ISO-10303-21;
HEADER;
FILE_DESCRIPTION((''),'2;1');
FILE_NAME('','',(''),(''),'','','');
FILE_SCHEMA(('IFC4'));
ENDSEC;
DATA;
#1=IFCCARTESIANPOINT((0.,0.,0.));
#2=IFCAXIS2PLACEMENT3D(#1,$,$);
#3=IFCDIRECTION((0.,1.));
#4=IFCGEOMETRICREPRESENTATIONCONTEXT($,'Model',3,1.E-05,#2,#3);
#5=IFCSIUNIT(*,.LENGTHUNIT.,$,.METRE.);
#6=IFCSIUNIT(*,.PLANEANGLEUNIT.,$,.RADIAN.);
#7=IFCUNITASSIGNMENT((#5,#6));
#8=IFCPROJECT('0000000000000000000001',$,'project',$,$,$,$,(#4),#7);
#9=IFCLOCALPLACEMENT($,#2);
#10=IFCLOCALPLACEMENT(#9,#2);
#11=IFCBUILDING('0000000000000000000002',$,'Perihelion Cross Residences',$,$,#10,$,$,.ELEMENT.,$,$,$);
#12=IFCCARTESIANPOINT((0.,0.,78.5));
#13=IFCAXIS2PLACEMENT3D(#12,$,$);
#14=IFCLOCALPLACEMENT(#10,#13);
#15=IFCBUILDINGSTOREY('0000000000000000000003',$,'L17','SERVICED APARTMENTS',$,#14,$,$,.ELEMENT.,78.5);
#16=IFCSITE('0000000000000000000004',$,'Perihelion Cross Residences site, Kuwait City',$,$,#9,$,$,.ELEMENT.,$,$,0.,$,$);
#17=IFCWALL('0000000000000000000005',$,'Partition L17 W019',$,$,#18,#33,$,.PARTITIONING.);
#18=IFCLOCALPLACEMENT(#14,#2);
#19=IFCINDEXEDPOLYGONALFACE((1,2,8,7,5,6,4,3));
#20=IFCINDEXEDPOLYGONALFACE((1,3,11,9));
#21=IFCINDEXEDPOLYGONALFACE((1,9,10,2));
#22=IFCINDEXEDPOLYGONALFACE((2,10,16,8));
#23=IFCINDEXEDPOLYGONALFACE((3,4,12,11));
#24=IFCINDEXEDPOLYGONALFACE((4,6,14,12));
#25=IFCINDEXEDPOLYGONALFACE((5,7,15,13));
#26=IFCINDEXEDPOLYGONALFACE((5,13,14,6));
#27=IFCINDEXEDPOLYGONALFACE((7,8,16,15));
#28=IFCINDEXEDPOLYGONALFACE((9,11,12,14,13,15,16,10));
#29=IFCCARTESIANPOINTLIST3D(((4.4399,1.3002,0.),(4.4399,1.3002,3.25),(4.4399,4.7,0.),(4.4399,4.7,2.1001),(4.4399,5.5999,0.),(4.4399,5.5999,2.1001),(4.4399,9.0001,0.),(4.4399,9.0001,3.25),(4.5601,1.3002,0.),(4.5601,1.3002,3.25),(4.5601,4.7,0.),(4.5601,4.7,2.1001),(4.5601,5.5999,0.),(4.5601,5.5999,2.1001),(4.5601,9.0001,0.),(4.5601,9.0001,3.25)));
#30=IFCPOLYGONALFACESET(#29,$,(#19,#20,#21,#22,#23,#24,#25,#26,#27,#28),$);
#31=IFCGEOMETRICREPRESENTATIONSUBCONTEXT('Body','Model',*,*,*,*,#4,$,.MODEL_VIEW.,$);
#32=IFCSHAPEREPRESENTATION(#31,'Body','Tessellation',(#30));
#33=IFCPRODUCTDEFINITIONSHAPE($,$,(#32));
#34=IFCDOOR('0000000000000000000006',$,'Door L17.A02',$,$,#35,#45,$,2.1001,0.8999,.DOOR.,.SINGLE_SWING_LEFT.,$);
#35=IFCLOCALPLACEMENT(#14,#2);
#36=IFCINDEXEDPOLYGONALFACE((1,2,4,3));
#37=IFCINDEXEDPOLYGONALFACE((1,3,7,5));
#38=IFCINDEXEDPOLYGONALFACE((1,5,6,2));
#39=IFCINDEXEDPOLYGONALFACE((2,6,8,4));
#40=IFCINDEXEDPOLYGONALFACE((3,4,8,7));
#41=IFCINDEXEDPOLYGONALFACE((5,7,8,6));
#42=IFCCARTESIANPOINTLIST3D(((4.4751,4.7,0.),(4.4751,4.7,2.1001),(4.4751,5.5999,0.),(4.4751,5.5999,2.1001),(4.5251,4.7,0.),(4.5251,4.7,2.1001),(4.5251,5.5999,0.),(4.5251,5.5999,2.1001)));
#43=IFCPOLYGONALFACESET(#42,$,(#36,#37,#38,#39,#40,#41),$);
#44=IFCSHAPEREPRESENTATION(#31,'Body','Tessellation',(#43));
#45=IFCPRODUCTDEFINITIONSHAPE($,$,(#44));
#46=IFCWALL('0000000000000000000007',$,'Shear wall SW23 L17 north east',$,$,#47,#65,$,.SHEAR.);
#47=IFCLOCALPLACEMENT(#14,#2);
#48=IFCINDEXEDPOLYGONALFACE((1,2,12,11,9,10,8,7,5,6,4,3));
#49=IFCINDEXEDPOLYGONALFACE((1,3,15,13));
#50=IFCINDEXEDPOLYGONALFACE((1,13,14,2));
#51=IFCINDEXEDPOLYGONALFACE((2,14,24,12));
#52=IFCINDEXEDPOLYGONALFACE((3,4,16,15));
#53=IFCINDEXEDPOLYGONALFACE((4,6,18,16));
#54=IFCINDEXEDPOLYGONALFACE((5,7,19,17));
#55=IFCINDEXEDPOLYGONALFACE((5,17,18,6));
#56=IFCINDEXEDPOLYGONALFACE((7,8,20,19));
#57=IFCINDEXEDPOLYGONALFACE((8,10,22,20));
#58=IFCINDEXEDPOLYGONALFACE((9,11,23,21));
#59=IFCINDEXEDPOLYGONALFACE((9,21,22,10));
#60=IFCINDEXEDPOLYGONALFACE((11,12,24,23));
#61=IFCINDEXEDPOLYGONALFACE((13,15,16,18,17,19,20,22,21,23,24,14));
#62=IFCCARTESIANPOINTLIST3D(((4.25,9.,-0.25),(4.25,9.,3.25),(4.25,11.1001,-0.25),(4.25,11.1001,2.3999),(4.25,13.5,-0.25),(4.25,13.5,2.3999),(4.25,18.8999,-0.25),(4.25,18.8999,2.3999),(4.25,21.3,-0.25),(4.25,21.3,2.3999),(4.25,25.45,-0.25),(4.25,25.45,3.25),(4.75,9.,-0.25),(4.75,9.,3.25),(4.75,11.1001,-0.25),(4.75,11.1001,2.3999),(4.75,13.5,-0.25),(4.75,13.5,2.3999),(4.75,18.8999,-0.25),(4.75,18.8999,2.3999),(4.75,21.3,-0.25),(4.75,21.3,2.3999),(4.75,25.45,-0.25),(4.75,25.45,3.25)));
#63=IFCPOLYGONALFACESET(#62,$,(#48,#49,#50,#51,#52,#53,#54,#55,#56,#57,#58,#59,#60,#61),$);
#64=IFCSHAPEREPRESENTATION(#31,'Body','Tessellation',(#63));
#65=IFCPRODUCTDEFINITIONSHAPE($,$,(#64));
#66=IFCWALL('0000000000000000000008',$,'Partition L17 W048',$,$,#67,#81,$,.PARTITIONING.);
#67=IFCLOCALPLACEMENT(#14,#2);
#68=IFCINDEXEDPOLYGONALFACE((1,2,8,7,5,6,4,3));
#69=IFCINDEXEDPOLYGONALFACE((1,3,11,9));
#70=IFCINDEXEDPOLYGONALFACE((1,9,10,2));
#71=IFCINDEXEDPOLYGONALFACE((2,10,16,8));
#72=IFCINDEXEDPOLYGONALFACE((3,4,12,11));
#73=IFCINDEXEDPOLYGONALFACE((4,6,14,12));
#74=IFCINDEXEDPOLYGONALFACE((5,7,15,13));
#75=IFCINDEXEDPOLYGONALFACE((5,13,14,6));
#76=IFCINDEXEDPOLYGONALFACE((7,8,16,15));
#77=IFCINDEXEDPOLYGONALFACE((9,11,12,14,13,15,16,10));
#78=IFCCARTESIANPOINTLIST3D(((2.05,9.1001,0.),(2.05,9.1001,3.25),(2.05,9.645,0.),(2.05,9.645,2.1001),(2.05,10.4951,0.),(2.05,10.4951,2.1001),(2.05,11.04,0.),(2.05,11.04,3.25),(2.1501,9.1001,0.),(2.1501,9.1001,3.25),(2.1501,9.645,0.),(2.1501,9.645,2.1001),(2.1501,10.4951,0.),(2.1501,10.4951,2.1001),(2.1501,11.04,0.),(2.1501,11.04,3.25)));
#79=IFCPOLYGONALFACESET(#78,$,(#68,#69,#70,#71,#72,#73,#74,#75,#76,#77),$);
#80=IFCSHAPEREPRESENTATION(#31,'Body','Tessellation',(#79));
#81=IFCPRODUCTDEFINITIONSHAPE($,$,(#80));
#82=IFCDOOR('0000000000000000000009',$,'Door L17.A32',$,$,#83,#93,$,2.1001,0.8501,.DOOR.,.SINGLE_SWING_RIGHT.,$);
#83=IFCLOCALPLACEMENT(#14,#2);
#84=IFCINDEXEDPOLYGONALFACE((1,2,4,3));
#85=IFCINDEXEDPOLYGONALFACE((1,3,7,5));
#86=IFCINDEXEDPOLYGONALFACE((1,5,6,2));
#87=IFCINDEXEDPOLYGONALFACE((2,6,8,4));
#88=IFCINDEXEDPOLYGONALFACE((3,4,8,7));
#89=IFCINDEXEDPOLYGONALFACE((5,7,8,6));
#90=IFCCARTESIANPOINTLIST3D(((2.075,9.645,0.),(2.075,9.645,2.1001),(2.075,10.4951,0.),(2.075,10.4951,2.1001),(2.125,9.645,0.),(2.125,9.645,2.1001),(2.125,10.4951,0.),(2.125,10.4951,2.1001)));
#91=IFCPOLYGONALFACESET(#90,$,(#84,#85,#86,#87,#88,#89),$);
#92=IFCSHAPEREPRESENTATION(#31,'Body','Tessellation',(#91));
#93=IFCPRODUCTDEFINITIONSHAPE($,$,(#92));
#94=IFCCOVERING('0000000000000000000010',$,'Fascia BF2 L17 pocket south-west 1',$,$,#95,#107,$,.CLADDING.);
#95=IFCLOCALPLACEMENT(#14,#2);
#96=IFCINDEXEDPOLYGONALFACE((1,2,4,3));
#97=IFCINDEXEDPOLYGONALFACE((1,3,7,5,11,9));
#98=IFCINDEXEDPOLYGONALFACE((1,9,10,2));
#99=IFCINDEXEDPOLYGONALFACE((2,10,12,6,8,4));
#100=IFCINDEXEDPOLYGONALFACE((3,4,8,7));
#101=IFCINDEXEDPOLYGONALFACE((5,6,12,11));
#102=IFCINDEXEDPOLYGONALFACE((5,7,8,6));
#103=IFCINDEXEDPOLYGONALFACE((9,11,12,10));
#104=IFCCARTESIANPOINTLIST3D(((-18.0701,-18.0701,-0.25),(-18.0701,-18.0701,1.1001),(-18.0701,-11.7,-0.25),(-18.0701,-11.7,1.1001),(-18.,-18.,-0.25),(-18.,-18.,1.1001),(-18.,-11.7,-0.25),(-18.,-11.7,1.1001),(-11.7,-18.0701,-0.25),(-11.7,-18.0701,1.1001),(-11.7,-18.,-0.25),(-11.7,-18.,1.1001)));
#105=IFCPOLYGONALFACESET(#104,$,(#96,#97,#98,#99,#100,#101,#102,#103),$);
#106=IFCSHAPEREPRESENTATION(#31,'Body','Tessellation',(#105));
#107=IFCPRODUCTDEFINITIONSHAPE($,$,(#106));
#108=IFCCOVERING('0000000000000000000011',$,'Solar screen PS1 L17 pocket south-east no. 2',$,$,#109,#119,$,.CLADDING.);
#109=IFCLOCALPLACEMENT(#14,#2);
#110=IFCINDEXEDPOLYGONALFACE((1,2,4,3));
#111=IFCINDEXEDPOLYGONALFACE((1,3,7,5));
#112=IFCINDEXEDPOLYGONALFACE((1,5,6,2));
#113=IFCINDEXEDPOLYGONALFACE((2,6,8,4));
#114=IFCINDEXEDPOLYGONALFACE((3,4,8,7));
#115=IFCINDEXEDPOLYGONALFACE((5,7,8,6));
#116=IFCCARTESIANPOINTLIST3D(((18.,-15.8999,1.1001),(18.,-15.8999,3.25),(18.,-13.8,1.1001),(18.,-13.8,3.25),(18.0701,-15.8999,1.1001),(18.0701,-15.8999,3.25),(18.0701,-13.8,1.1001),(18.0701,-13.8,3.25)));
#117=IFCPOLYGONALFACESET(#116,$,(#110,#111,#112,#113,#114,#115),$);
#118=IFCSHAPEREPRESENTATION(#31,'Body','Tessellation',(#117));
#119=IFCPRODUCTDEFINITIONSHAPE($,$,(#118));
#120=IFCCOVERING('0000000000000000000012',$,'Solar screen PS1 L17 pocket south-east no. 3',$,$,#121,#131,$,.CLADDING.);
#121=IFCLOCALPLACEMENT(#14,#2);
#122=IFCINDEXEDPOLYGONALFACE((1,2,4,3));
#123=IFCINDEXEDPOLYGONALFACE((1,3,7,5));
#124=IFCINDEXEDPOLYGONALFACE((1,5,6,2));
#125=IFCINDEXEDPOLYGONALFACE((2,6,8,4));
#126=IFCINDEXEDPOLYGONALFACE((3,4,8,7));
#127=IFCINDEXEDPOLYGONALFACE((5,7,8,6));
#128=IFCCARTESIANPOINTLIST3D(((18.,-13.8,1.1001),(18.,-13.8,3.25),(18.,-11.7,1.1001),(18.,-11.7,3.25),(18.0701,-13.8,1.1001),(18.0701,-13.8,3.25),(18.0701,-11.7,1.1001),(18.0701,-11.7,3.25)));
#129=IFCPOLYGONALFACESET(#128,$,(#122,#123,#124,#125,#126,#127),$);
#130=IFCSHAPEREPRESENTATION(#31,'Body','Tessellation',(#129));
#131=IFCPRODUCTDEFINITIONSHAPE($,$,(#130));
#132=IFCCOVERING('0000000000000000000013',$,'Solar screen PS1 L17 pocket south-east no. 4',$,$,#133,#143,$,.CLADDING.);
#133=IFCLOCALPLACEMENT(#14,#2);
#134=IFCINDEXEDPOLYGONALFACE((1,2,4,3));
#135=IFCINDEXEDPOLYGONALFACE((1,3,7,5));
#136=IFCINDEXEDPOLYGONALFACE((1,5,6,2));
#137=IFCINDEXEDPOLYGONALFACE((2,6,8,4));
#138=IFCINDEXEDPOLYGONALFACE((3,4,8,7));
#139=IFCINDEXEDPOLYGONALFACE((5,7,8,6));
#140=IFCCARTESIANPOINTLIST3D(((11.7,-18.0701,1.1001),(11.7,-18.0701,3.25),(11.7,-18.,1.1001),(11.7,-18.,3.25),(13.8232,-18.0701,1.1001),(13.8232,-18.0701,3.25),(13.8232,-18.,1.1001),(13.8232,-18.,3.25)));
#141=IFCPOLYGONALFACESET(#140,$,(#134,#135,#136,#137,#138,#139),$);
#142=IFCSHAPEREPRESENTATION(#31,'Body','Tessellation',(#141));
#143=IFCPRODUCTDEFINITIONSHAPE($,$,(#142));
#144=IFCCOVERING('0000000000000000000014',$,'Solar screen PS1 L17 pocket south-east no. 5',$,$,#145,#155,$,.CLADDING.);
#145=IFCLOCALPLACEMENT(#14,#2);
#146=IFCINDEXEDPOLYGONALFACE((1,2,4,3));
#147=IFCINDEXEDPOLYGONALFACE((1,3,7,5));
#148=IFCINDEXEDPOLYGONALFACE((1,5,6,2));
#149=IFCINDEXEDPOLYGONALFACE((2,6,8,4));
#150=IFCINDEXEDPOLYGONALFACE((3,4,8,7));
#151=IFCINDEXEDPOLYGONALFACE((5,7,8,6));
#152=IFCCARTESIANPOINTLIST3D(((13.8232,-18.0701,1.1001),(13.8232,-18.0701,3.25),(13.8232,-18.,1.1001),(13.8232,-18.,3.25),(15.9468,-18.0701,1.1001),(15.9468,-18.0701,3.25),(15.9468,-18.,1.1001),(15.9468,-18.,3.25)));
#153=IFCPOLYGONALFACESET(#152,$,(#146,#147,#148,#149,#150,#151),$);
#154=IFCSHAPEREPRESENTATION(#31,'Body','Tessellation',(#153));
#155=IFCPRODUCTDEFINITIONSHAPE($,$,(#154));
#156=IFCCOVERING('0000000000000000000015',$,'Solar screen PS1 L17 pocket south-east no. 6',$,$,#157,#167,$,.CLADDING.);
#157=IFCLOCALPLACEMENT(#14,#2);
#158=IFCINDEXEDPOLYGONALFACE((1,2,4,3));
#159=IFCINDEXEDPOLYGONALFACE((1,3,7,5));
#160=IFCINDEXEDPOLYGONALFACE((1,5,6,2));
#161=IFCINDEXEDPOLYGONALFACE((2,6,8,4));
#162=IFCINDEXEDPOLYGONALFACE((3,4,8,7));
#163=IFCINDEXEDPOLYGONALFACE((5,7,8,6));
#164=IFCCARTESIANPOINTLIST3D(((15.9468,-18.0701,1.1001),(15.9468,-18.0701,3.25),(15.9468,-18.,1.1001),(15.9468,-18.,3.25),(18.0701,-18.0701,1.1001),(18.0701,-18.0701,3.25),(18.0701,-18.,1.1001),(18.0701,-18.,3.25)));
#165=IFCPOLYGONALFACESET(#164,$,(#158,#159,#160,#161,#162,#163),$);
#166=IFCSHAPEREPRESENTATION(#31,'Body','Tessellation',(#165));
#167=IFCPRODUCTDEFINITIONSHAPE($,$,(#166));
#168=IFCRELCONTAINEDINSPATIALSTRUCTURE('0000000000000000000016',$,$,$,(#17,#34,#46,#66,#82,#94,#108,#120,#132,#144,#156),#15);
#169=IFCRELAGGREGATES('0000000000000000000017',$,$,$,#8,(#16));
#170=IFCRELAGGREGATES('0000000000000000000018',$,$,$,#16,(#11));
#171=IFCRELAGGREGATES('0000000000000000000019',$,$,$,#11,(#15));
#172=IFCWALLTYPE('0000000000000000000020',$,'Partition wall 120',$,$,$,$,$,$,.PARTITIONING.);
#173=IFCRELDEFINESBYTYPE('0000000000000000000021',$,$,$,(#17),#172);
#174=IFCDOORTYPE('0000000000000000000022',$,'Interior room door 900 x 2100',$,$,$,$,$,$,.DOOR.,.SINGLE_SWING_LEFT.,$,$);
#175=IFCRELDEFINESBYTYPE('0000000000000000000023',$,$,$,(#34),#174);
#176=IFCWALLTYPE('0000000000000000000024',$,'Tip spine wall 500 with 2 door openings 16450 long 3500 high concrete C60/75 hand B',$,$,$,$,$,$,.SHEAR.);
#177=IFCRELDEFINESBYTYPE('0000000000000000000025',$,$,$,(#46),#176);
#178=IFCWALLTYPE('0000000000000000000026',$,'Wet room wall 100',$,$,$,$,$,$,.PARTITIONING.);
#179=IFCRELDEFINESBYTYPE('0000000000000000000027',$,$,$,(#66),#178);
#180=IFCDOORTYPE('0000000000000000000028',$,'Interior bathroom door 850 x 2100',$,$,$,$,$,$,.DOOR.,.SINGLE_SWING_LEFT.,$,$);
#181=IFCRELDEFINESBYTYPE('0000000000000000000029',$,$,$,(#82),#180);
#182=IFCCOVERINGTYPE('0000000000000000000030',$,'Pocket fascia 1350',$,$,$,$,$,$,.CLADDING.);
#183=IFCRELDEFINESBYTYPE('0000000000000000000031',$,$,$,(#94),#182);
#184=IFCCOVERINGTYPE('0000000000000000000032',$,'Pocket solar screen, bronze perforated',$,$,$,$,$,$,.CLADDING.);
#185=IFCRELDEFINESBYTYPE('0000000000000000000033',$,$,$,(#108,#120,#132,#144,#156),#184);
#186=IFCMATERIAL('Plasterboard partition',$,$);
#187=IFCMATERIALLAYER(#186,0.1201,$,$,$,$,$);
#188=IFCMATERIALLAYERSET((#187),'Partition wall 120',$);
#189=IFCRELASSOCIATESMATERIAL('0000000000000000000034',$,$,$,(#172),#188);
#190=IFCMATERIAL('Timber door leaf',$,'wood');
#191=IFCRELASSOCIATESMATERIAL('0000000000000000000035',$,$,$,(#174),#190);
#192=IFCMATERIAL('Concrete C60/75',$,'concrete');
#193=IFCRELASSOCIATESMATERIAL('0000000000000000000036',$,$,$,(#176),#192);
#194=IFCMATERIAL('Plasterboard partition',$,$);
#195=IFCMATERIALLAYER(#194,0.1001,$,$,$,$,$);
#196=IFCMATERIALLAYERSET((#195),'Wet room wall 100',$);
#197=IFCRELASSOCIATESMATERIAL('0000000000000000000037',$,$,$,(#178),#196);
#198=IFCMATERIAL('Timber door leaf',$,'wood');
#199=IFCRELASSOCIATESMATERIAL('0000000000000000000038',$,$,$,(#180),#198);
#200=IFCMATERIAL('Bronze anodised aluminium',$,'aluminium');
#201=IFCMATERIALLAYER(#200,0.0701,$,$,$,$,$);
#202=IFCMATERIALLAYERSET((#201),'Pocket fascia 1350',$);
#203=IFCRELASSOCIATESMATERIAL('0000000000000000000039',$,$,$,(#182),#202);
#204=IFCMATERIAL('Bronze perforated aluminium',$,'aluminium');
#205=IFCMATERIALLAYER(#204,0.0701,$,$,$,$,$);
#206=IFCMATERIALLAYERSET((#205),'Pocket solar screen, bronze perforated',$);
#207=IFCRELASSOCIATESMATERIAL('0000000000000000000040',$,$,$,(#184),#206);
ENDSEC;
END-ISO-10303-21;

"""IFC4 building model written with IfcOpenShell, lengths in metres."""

from ifc_helpers import new_model, si_unit, direction, frame, frame_2d, origin, place, context, subcontext, project, spatial, polyline, rectangle, outline, extrude, material, layer, layer_set, material_profile, profile_set, type_object, element, fill, save


model = new_model("IFC4")

# Units and contexts
model_context = context("Model", 3, precision=1e-05, world=origin(), true_north=direction((0.0, 1.0)))
body_context = subcontext(model_context, "Body", "Model", "MODEL_VIEW")
ifc_project = project(units=[si_unit("LENGTHUNIT", "METRE"), si_unit("PLANEANGLEUNIT", "RADIAN")], contexts=[model_context])

# Site, building, storey
site_placement = place(None, origin())
site = spatial("IfcSite", under=ifc_project, at=site_placement, Name="Perihelion Cross Residences site, Kuwait City", CompositionType="ELEMENT", RefElevation=0.0)
building_placement = place(site_placement, origin())
building = spatial("IfcBuilding", under=site, at=building_placement, Name="Perihelion Cross Residences", CompositionType="ELEMENT")
storey_placement = place(building_placement, frame((0.0, 0.0, 78.5)))
storey = spatial("IfcBuildingStorey", under=building, at=storey_placement, Name="L17", Description="SERVICED APARTMENTS", CompositionType="ELEMENT", Elevation=78.5)

# Wall, opening, door
ifc_material_1 = material(Name="Plasterboard partition")
ifc_layer_1 = layer(ifc_material_1, 0.1201)
ifc_layer_set_1 = layer_set([ifc_layer_1], Name="Partition wall 120")
wall_type_1 = type_object("IfcWallType", Name="Partition wall 120", PredefinedType="PARTITIONING", material=ifc_layer_set_1)
wall_1_placement = place(storey_placement, frame((4.5, 1.3, 0.0), z_axis=(0.0, 0.0, 1.0), x_axis=(0.0, 1.0, 0.0)))
wall_1 = element("IfcWall", 1, at=wall_1_placement, inside=storey, type_object=wall_type_1, Name="Partition L17 W019", PredefinedType="PARTITIONING", context=body_context, shape_type="SweptSolid", body=[
    extrude(rectangle(XDim=7.7, YDim=0.1201, at=frame_2d((3.8501, 0.0))), origin(), (0.0, 0.0, 1.0), 3.25),
])
opening_1_placement = place(wall_1_placement, frame((3.3999, 0.0, 0.0)))
opening_1 = element("IfcOpeningElement", 2, at=opening_1_placement, cuts=wall_1, PredefinedType="OPENING", context=body_context, shape_type="SweptSolid", body=[
    extrude(rectangle(XDim=0.8999, YDim=2.1001, at=frame_2d((0.45, 1.05))), frame((0.0, 0.0701, 0.0), z_axis=(0.0, -1.0, 0.0), x_axis=(1.0, 0.0, 0.0)), (0.0, 0.0, 1.0), 0.1401),
])
ifc_material_2 = material(Name="Timber door leaf", Category="wood")
door_type_1 = type_object("IfcDoorType", Name="Interior room door 900 x 2100", OperationType="SINGLE_SWING_LEFT", PredefinedType="DOOR", material=ifc_material_2)
door_1_placement = place(opening_1_placement, origin())
door_1 = element("IfcDoor", 3, at=door_1_placement, inside=storey, type_object=door_type_1, Name="Door L17.A02", OperationType="SINGLE_SWING_LEFT", OverallHeight=2.1001, OverallWidth=0.8999, PredefinedType="DOOR", context=body_context, shape_type="SweptSolid", body=[
    extrude(rectangle(XDim=0.8999, YDim=2.1001, at=frame_2d((0.45, 1.05))), frame((0.0, 0.0249, 0.0), z_axis=(0.0, -1.0, 0.0), x_axis=(1.0, 0.0, 0.0)), (0.0, 0.0, 1.0), 0.05),
])
fill(opening_1, door_1)

# Wall
ifc_material_3 = material(Name="Concrete C60/75", Category="concrete")
ifc_material_profile_1 = material_profile(ifc_material_3, outline(polyline([(0.0, 0.0), (2.1001, 0.0), (2.1001, 2.6499), (4.5, 2.6499), (4.5, 0.0), (9.8999, 0.0), (9.8999, 2.6499), (12.3, 2.6499), (12.3, 0.0), (16.45, 0.0), (16.45, 3.5), (0.0, 3.5), (0.0, 0.0)])), Name="Tip spine wall")
ifc_profile_set_1 = profile_set([ifc_material_profile_1], Name="Concrete C60/75")
wall_type_2 = type_object("IfcWallType", Name="Tip spine wall 500 with 2 door openings 16450 long 3500 high concrete C60/75 hand B", PredefinedType="SHEAR", material=ifc_profile_set_1)
wall_2_placement = place(storey_placement, frame((4.25, 9.0, -0.25), z_axis=(1.0, 0.0, 0.0), x_axis=(0.0, 1.0, 0.0)))
element("IfcWall", 4, at=wall_2_placement, inside=storey, type_object=wall_type_2, Name="Shear wall SW23 L17 north east", PredefinedType="SHEAR", context=body_context, shape_type="SweptSolid", body=[
    extrude(outline(polyline([(0.0, 0.0), (2.1001, 0.0), (2.1001, 2.6499), (4.5, 2.6499), (4.5, 0.0), (9.8999, 0.0), (9.8999, 2.6499), (12.3, 2.6499), (12.3, 0.0), (16.45, 0.0), (16.45, 3.5), (0.0, 3.5), (0.0, 0.0)])), origin(), (0.0, 0.0, 1.0), 0.5),
])

# Wall, opening, door
ifc_material_4 = material(Name="Plasterboard partition")
ifc_layer_2 = layer(ifc_material_4, 0.1001)
ifc_layer_set_2 = layer_set([ifc_layer_2], Name="Wet room wall 100")
wall_type_3 = type_object("IfcWallType", Name="Wet room wall 100", PredefinedType="PARTITIONING", material=ifc_layer_set_2)
wall_3_placement = place(storey_placement, frame((2.1001, 11.04, 0.0), z_axis=(0.0, 0.0, 1.0), x_axis=(0.0, -1.0, 0.0)))
wall_3 = element("IfcWall", 5, at=wall_3_placement, inside=storey, type_object=wall_type_3, Name="Partition L17 W048", PredefinedType="PARTITIONING", context=body_context, shape_type="SweptSolid", body=[
    extrude(rectangle(XDim=1.9399, YDim=0.1001, at=frame_2d((0.97, 0.0))), origin(), (0.0, 0.0, 1.0), 3.25),
])
opening_2_placement = place(wall_3_placement, frame((0.5449, 0.0, 0.0)))
opening_2 = element("IfcOpeningElement", 6, at=opening_2_placement, cuts=wall_3, PredefinedType="OPENING", context=body_context, shape_type="SweptSolid", body=[
    extrude(rectangle(XDim=0.8501, YDim=2.1001, at=frame_2d((0.425, 1.05))), frame((0.0, 0.0601, 0.0), z_axis=(0.0, -1.0, 0.0), x_axis=(1.0, 0.0, 0.0)), (0.0, 0.0, 1.0), 0.1201),
])
ifc_material_5 = material(Name="Timber door leaf", Category="wood")
door_type_2 = type_object("IfcDoorType", Name="Interior bathroom door 850 x 2100", OperationType="SINGLE_SWING_LEFT", PredefinedType="DOOR", material=ifc_material_5)
door_2_placement = place(opening_2_placement, origin())
door_2 = element("IfcDoor", 7, at=door_2_placement, inside=storey, type_object=door_type_2, Name="Door L17.A32", OperationType="SINGLE_SWING_RIGHT", OverallHeight=2.1001, OverallWidth=0.8501, PredefinedType="DOOR", context=body_context, shape_type="SweptSolid", body=[
    extrude(rectangle(XDim=0.8501, YDim=2.1001, at=frame_2d((0.425, 1.05))), frame((0.0, 0.0249, 0.0), z_axis=(0.0, -1.0, 0.0), x_axis=(1.0, 0.0, 0.0)), (0.0, 0.0, 1.0), 0.05),
])
fill(opening_2, door_2)

# Coverings
ifc_material_6 = material(Name="Bronze anodised aluminium", Category="aluminium")
ifc_layer_3 = layer(ifc_material_6, 0.0701)
ifc_layer_set_3 = layer_set([ifc_layer_3], Name="Pocket fascia 1350")
covering_type_1 = type_object("IfcCoveringType", Name="Pocket fascia 1350", PredefinedType="CLADDING", material=ifc_layer_set_3)
covering_1_placement = place(storey_placement, frame((0.0, 0.0, -0.25)))
element("IfcCovering", 8, at=covering_1_placement, inside=storey, type_object=covering_type_1, Name="Fascia BF2 L17 pocket south-west 1", PredefinedType="CLADDING", context=body_context, shape_type="SweptSolid", body=[
    extrude(outline(polyline([(-18.0701, -11.7), (-18.0701, -18.0701), (-11.7, -18.0701), (-11.7, -18.0), (-18.0, -18.0), (-18.0, -11.7), (-18.0701, -11.7)])), origin(), (0.0, 0.0, 1.0), 1.3501),
])
ifc_material_7 = material(Name="Bronze perforated aluminium", Category="aluminium")
ifc_layer_4 = layer(ifc_material_7, 0.0701)
ifc_layer_set_4 = layer_set([ifc_layer_4], Name="Pocket solar screen, bronze perforated")
covering_type_2 = type_object("IfcCoveringType", Name="Pocket solar screen, bronze perforated", PredefinedType="CLADDING", material=ifc_layer_set_4)
covering_2_placement = place(storey_placement, frame((0.0, 0.0, 1.1001)))
element("IfcCovering", 9, at=covering_2_placement, inside=storey, type_object=covering_type_2, Name="Solar screen PS1 L17 pocket south-east no. 2", PredefinedType="CLADDING", context=body_context, shape_type="SweptSolid", body=[
    extrude(outline(polyline([(18.0701, -15.8999), (18.0701, -13.8), (18.0, -13.8), (18.0, -15.8999), (18.0701, -15.8999)])), origin(), (0.0, 0.0, 1.0), 2.1499),
])
covering_3_placement = place(storey_placement, frame((0.0, 0.0, 1.1001)))
element("IfcCovering", 10, at=covering_3_placement, inside=storey, type_object=covering_type_2, Name="Solar screen PS1 L17 pocket south-east no. 3", PredefinedType="CLADDING", context=body_context, shape_type="SweptSolid", body=[
    extrude(outline(polyline([(18.0701, -13.8), (18.0701, -11.7), (18.0, -11.7), (18.0, -13.8), (18.0701, -13.8)])), origin(), (0.0, 0.0, 1.0), 2.1499),
])
covering_4_placement = place(storey_placement, frame((0.0, 0.0, 1.1001)))
element("IfcCovering", 11, at=covering_4_placement, inside=storey, type_object=covering_type_2, Name="Solar screen PS1 L17 pocket south-east no. 4", PredefinedType="CLADDING", context=body_context, shape_type="SweptSolid", body=[
    extrude(outline(polyline([(13.8232, -18.0701), (13.8232, -18.0), (11.7, -18.0), (11.7, -18.0701), (13.8232, -18.0701)])), origin(), (0.0, 0.0, 1.0), 2.1499),
])
covering_5_placement = place(storey_placement, frame((0.0, 0.0, 1.1001)))
element("IfcCovering", 12, at=covering_5_placement, inside=storey, type_object=covering_type_2, Name="Solar screen PS1 L17 pocket south-east no. 5", PredefinedType="CLADDING", context=body_context, shape_type="SweptSolid", body=[
    extrude(outline(polyline([(15.9468, -18.0701), (15.9468, -18.0), (13.8232, -18.0), (13.8232, -18.0701), (15.9468, -18.0701)])), origin(), (0.0, 0.0, 1.0), 2.1499),
])
covering_6_placement = place(storey_placement, frame((0.0, 0.0, 1.1001)))
element("IfcCovering", 13, at=covering_6_placement, inside=storey, type_object=covering_type_2, Name="Solar screen PS1 L17 pocket south-east no. 6", PredefinedType="CLADDING", context=body_context, shape_type="SweptSolid", body=[
    extrude(outline(polyline([(18.0701, -18.0701), (18.0701, -18.0), (15.9468, -18.0), (15.9468, -18.0701), (18.0701, -18.0701)])), origin(), (0.0, 0.0, 1.0), 2.1499),
])

save(model, "model.ifc")
